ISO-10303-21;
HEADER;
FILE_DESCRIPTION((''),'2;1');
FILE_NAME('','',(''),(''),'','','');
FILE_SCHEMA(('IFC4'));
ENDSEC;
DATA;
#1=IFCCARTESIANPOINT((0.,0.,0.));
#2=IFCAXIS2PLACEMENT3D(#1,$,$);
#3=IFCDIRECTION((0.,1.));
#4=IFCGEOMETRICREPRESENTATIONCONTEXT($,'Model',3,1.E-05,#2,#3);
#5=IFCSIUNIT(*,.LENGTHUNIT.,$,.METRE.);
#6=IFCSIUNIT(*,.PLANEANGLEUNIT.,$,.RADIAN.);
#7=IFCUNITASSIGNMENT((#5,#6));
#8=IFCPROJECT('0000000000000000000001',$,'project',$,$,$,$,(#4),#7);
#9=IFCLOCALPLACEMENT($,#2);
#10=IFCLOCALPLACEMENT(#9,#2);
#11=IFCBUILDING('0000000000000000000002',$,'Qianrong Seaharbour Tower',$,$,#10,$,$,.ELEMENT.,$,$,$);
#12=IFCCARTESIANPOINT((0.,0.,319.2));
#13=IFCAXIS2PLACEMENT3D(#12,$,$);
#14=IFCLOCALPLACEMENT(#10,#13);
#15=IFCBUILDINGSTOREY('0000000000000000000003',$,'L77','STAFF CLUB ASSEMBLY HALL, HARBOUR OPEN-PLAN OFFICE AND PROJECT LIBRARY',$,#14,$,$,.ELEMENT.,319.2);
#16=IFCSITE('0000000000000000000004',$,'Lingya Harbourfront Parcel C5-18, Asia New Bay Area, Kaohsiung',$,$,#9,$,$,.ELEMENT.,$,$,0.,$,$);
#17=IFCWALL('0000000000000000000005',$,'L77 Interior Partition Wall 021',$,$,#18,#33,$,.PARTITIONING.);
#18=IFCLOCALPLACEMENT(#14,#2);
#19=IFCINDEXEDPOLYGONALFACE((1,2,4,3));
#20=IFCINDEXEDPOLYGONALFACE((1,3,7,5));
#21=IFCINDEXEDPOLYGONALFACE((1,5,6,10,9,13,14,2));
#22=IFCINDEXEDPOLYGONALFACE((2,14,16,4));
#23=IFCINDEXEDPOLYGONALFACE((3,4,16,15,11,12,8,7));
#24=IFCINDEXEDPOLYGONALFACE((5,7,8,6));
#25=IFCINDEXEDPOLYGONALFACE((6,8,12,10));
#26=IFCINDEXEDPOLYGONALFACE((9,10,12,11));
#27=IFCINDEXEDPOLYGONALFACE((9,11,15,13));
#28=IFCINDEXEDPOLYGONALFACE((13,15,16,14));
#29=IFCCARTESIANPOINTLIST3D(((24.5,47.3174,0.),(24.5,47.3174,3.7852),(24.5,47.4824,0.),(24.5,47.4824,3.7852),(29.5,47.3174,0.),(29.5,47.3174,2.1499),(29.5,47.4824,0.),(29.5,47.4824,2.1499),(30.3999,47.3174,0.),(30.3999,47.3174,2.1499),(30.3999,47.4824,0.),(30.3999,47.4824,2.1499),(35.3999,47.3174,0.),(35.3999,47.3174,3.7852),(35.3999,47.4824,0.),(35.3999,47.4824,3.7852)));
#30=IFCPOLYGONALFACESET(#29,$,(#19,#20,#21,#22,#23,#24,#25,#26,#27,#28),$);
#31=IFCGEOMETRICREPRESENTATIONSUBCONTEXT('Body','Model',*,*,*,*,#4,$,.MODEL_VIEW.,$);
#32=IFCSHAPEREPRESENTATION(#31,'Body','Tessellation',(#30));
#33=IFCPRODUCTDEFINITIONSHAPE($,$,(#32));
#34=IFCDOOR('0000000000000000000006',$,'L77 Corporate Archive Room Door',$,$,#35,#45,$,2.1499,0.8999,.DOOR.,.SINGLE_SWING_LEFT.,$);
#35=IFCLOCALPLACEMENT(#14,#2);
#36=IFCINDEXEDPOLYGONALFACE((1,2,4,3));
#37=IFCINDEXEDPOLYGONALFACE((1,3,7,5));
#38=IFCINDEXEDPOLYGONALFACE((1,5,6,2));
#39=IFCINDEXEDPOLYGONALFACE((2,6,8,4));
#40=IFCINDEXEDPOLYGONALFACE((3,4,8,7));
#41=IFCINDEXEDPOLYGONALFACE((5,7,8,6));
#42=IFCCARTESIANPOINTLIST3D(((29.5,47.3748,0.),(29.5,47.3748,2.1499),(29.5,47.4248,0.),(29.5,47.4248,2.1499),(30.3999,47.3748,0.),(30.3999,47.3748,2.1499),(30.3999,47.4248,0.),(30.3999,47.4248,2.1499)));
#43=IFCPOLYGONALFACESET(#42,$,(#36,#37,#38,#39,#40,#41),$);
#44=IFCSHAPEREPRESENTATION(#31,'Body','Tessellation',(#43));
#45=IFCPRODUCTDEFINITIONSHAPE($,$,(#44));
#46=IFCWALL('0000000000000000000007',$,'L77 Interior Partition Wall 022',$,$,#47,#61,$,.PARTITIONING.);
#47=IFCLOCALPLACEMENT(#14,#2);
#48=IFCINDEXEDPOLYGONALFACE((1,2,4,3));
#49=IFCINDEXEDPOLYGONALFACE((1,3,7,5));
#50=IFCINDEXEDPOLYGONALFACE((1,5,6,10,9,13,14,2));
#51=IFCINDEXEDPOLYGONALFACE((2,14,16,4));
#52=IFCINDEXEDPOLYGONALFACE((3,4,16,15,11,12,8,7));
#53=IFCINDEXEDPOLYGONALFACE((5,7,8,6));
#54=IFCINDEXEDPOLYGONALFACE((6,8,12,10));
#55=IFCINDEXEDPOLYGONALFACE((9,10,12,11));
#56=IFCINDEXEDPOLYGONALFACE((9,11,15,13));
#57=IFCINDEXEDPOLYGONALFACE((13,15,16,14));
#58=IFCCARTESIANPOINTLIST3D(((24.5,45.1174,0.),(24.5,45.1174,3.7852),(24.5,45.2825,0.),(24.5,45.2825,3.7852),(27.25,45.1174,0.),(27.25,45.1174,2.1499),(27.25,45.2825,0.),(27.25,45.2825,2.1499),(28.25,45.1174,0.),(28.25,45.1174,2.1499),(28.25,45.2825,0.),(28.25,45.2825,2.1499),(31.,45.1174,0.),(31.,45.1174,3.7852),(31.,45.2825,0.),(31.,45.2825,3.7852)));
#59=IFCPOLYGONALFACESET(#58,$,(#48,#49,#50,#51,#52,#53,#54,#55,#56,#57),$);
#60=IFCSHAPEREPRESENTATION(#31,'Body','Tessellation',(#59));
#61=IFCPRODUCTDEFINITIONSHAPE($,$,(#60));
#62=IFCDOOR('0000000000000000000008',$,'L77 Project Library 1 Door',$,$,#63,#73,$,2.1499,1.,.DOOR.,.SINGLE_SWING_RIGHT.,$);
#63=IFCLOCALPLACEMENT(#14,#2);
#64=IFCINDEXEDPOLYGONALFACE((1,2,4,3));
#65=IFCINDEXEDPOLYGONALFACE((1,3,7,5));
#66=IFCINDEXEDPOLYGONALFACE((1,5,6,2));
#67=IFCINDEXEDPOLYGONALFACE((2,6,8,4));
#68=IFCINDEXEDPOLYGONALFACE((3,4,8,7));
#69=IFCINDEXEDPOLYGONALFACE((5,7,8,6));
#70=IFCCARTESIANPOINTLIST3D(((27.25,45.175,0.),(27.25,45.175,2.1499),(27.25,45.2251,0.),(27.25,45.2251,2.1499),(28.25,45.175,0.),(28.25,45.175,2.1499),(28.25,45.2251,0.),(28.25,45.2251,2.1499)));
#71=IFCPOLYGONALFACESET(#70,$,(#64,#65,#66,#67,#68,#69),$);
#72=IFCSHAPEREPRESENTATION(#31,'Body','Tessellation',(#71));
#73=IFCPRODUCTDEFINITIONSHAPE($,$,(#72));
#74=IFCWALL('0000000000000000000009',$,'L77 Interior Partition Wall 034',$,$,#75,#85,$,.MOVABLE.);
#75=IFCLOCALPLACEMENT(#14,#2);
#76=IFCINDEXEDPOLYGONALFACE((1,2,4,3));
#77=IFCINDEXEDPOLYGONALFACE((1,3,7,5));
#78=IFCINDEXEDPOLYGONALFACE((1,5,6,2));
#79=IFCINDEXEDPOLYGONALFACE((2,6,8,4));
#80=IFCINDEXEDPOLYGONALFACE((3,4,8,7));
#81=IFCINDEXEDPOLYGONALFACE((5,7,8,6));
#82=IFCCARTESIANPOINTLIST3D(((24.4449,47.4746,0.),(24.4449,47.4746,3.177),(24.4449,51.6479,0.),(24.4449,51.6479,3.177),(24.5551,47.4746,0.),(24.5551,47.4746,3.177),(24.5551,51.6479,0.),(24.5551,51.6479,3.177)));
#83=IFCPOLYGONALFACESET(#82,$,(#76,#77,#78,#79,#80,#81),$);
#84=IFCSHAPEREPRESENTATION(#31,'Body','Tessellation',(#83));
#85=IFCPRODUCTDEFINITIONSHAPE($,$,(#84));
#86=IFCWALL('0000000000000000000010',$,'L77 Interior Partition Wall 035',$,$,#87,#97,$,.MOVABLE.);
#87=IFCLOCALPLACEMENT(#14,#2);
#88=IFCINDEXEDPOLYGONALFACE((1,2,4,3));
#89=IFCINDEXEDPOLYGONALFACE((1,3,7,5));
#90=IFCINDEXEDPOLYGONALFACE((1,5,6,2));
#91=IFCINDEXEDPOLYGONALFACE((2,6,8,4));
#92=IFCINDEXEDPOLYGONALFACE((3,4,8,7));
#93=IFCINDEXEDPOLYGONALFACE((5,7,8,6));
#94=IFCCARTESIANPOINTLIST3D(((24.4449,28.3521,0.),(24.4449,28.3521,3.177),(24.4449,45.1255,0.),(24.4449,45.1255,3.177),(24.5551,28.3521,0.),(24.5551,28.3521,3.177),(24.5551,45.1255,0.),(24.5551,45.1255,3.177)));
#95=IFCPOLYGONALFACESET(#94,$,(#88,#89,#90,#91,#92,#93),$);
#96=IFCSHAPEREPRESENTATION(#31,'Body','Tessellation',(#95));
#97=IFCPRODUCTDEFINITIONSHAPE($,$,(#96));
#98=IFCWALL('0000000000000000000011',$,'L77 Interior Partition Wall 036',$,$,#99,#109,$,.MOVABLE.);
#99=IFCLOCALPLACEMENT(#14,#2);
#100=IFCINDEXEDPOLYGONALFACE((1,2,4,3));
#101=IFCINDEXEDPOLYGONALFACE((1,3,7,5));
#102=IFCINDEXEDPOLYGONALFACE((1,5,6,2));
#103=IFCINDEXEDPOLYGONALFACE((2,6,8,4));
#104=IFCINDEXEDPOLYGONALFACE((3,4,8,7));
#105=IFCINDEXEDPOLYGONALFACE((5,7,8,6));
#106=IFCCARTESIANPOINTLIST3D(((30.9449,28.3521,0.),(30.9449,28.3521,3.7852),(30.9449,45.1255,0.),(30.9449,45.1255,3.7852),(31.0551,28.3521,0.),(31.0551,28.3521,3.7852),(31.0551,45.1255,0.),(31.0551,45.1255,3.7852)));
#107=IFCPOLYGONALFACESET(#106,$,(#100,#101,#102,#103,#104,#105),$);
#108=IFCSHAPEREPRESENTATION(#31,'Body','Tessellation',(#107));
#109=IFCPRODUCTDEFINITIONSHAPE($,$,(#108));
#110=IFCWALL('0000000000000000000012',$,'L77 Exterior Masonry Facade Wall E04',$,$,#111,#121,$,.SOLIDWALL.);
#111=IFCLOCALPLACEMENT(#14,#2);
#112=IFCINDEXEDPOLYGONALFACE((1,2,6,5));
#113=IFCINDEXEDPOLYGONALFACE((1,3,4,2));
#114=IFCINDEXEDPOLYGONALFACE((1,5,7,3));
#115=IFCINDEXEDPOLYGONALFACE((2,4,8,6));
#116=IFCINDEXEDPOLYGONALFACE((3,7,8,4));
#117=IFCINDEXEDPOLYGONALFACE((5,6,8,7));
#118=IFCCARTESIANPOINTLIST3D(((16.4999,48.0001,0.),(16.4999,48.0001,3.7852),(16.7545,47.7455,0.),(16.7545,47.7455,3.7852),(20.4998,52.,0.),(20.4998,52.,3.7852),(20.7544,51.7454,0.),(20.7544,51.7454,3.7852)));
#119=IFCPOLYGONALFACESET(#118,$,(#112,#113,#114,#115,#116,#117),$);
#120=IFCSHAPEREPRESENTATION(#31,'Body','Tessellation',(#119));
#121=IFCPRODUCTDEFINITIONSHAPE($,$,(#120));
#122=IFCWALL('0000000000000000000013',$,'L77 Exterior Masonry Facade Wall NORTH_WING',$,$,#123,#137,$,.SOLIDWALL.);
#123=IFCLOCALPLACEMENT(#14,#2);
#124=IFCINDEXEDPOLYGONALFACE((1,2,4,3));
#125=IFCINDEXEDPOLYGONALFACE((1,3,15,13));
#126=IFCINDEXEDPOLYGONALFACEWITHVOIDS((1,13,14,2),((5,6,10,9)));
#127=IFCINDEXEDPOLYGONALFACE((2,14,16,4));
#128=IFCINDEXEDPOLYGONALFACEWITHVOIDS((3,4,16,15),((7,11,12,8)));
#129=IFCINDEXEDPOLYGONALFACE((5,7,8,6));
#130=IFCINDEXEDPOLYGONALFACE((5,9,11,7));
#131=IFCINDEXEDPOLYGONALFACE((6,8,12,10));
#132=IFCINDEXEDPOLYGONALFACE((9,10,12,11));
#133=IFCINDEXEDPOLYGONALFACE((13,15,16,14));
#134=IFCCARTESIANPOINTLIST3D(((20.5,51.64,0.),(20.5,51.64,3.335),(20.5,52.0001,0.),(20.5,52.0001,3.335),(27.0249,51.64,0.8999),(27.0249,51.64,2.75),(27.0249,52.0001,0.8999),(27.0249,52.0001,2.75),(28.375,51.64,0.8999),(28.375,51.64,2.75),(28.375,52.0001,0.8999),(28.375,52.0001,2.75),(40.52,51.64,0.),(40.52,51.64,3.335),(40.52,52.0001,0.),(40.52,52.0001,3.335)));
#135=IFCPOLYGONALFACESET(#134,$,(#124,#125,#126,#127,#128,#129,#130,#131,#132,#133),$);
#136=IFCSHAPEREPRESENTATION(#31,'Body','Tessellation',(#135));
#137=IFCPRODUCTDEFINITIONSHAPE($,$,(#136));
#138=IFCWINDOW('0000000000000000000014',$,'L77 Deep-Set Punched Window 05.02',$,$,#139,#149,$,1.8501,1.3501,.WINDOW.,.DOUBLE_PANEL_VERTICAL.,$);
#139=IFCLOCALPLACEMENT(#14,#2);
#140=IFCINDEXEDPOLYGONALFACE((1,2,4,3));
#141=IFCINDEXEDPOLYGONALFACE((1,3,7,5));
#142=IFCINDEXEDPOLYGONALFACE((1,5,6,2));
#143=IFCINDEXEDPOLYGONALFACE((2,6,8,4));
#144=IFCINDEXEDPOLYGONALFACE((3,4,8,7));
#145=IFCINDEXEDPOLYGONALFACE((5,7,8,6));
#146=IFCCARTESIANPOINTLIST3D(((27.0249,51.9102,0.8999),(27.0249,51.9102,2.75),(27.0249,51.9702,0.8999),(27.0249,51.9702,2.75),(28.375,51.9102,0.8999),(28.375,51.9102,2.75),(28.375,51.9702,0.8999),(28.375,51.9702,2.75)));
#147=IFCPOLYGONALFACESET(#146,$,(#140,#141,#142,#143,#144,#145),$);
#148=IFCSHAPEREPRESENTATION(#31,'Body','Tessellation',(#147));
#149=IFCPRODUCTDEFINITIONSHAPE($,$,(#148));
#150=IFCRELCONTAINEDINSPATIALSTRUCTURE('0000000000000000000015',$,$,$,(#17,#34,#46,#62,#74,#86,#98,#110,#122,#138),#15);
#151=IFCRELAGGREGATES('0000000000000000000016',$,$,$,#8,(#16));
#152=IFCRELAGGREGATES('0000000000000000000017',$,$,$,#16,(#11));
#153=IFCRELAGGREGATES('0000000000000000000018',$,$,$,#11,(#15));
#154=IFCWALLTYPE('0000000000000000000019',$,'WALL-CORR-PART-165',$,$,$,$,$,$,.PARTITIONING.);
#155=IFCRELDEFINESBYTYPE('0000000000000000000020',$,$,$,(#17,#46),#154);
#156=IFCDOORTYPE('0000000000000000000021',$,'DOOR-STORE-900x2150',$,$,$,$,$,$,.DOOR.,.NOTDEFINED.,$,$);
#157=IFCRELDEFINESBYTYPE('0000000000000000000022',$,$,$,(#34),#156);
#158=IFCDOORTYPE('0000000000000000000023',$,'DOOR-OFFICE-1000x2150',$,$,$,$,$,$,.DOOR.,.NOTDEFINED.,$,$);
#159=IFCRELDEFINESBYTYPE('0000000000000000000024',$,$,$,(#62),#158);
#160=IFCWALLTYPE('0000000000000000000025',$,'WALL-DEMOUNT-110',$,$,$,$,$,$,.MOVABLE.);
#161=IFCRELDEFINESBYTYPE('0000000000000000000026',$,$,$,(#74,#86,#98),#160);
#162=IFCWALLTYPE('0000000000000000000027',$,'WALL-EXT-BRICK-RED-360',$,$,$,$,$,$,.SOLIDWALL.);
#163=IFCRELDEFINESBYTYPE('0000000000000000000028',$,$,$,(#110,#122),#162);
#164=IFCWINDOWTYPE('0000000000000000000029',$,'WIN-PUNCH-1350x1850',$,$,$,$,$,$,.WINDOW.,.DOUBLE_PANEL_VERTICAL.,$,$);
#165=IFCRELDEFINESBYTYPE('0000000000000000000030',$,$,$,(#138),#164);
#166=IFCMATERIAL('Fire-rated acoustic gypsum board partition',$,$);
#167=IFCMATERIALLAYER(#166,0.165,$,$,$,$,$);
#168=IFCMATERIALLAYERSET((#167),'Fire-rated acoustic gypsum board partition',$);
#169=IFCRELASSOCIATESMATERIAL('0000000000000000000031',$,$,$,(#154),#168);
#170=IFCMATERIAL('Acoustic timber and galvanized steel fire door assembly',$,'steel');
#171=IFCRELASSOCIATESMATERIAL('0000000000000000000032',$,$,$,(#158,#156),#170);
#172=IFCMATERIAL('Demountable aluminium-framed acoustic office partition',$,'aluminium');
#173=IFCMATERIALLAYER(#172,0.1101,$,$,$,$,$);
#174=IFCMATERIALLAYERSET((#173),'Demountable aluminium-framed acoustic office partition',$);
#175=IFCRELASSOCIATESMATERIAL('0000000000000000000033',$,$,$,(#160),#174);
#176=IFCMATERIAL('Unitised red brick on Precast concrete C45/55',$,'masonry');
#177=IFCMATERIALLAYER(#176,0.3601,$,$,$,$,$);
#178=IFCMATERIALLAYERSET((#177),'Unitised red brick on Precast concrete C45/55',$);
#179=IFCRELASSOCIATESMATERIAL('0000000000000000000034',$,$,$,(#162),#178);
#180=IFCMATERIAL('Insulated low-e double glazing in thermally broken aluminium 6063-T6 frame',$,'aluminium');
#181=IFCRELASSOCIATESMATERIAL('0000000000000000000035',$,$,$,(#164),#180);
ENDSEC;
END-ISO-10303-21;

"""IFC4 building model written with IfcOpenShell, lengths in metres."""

from ifc_helpers import new_model, si_unit, direction, frame, frame_2d, origin, place, context, subcontext, project, spatial, rectangle, extrude, material, layer, layer_set, type_object, element, fill, save


model = new_model("IFC4")

# Units and contexts
model_context = context("Model", 3, precision=1e-05, world=origin(), true_north=direction((0.0, 1.0)))
body_context = subcontext(model_context, "Body", "Model", "MODEL_VIEW")
ifc_project = project(units=[si_unit("LENGTHUNIT", "METRE"), si_unit("PLANEANGLEUNIT", "RADIAN")], contexts=[model_context])

# Site, building, storey
site_placement = place(None, origin())
site = spatial("IfcSite", under=ifc_project, at=site_placement, Name="Lingya Harbourfront Parcel C5-18, Asia New Bay Area, Kaohsiung", CompositionType="ELEMENT", RefElevation=0.0)
building_placement = place(site_placement, origin())
building = spatial("IfcBuilding", under=site, at=building_placement, Name="Qianrong Seaharbour Tower", CompositionType="ELEMENT")
storey_placement = place(building_placement, frame((0.0, 0.0, 319.2)))
storey = spatial("IfcBuildingStorey", under=building, at=storey_placement, Name="L77", Description="STAFF CLUB ASSEMBLY HALL, HARBOUR OPEN-PLAN OFFICE AND PROJECT LIBRARY", CompositionType="ELEMENT", Elevation=319.2)

# Shared definitions
ifc_material_1 = material(Name="Fire-rated acoustic gypsum board partition")
ifc_layer_1 = layer(ifc_material_1, 0.165)
ifc_layer_set_1 = layer_set([ifc_layer_1], Name="Fire-rated acoustic gypsum board partition")
wall_type_1 = type_object("IfcWallType", Name="WALL-CORR-PART-165", PredefinedType="PARTITIONING", material=ifc_layer_set_1)
ifc_material_2 = material(Name="Acoustic timber and galvanized steel fire door assembly", Category="steel")
door_type_1 = type_object("IfcDoorType", Name="DOOR-OFFICE-1000x2150", OperationType="NOTDEFINED", PredefinedType="DOOR", material=ifc_material_2)

# Walls, openings, doors
wall_1_placement = place(storey_placement, frame((24.5, 47.3999, 0.0), z_axis=(0.0, 0.0, 1.0), x_axis=(1.0, 0.0, 0.0)))
wall_1 = element("IfcWall", 1, at=wall_1_placement, inside=storey, type_object=wall_type_1, Name="L77 Interior Partition Wall 021", PredefinedType="PARTITIONING", context=body_context, shape_type="SweptSolid", body=[
    extrude(rectangle(XDim=10.8999, YDim=0.165, at=frame_2d((5.45, 0.0))), origin(), (0.0, 0.0, 1.0), 3.7852),
])
opening_1_placement = place(wall_1_placement, frame((5.0, 0.0, 0.0)))
opening_1 = element("IfcOpeningElement", 2, at=opening_1_placement, cuts=wall_1, PredefinedType="OPENING", context=body_context, shape_type="SweptSolid", body=[
    extrude(rectangle(XDim=0.8999, YDim=2.1499, at=frame_2d((0.45, 1.075))), frame((0.0, 0.0925, 0.0), z_axis=(0.0, -1.0, 0.0), x_axis=(1.0, 0.0, 0.0)), (0.0, 0.0, 1.0), 0.1851),
])
door_type_2 = type_object("IfcDoorType", Name="DOOR-STORE-900x2150", OperationType="NOTDEFINED", PredefinedType="DOOR", material=ifc_material_2)
door_1_placement = place(opening_1_placement, origin())
door_1 = element("IfcDoor", 3, at=door_1_placement, inside=storey, type_object=door_type_2, Name="L77 Corporate Archive Room Door", OperationType="SINGLE_SWING_LEFT", OverallHeight=2.1499, OverallWidth=0.8999, PredefinedType="DOOR", context=body_context, shape_type="SweptSolid", body=[
    extrude(rectangle(XDim=0.8999, YDim=2.1499, at=frame_2d((0.45, 1.075))), frame((0.0, 0.0249, 0.0), z_axis=(0.0, -1.0, 0.0), x_axis=(1.0, 0.0, 0.0)), (0.0, 0.0, 1.0), 0.05),
])
fill(opening_1, door_1)
wall_2_placement = place(storey_placement, frame((31.0, 45.2, 0.0), z_axis=(0.0, 0.0, 1.0), x_axis=(-1.0, 0.0, 0.0)))
wall_2 = element("IfcWall", 4, at=wall_2_placement, inside=storey, type_object=wall_type_1, Name="L77 Interior Partition Wall 022", PredefinedType="PARTITIONING", context=body_context, shape_type="SweptSolid", body=[
    extrude(rectangle(XDim=6.5, YDim=0.165, at=frame_2d((3.25, 0.0))), origin(), (0.0, 0.0, 1.0), 3.7852),
])
opening_2_placement = place(wall_2_placement, frame((2.75, 0.0, 0.0)))
opening_2 = element("IfcOpeningElement", 5, at=opening_2_placement, cuts=wall_2, PredefinedType="OPENING", context=body_context, shape_type="SweptSolid", body=[
    extrude(rectangle(XDim=1.0, YDim=2.1499, at=frame_2d((0.5, 1.075))), frame((0.0, 0.0925, 0.0), z_axis=(0.0, -1.0, 0.0), x_axis=(1.0, 0.0, 0.0)), (0.0, 0.0, 1.0), 0.1851),
])
door_2_placement = place(opening_2_placement, origin())
door_2 = element("IfcDoor", 6, at=door_2_placement, inside=storey, type_object=door_type_1, Name="L77 Project Library 1 Door", OperationType="SINGLE_SWING_RIGHT", OverallHeight=2.1499, OverallWidth=1.0, PredefinedType="DOOR", context=body_context, shape_type="SweptSolid", body=[
    extrude(rectangle(XDim=1.0, YDim=2.1499, at=frame_2d((0.5, 1.075))), frame((0.0, 0.0249, 0.0), z_axis=(0.0, -1.0, 0.0), x_axis=(1.0, 0.0, 0.0)), (0.0, 0.0, 1.0), 0.05),
])
fill(opening_2, door_2)

# Walls
ifc_material_3 = material(Name="Demountable aluminium-framed acoustic office partition", Category="aluminium")
ifc_layer_2 = layer(ifc_material_3, 0.1101)
ifc_layer_set_2 = layer_set([ifc_layer_2], Name="Demountable aluminium-framed acoustic office partition")
wall_type_2 = type_object("IfcWallType", Name="WALL-DEMOUNT-110", PredefinedType="MOVABLE", material=ifc_layer_set_2)
wall_3_placement = place(storey_placement, frame((24.5, 51.6479, 0.0), z_axis=(0.0, 0.0, 1.0), x_axis=(0.0, -1.0, 0.0)))
element("IfcWall", 7, at=wall_3_placement, inside=storey, type_object=wall_type_2, Name="L77 Interior Partition Wall 034", PredefinedType="MOVABLE", context=body_context, shape_type="SweptSolid", body=[
    extrude(rectangle(XDim=4.1733, YDim=0.1101, at=frame_2d((2.0867, 0.0))), origin(), (0.0, 0.0, 1.0), 3.177),
])
wall_4_placement = place(storey_placement, frame((24.5, 45.1255, 0.0), z_axis=(0.0, 0.0, 1.0), x_axis=(0.0, -1.0, 0.0)))
element("IfcWall", 8, at=wall_4_placement, inside=storey, type_object=wall_type_2, Name="L77 Interior Partition Wall 035", PredefinedType="MOVABLE", context=body_context, shape_type="SweptSolid", body=[
    extrude(rectangle(XDim=16.7734, YDim=0.1101, at=frame_2d((8.3867, 0.0))), origin(), (0.0, 0.0, 1.0), 3.177),
])
wall_5_placement = place(storey_placement, frame((31.0, 45.1255, 0.0), z_axis=(0.0, 0.0, 1.0), x_axis=(0.0, -1.0, 0.0)))
element("IfcWall", 9, at=wall_5_placement, inside=storey, type_object=wall_type_2, Name="L77 Interior Partition Wall 036", PredefinedType="MOVABLE", context=body_context, shape_type="SweptSolid", body=[
    extrude(rectangle(XDim=16.7734, YDim=0.1101, at=frame_2d((8.3867, 0.0))), origin(), (0.0, 0.0, 1.0), 3.7852),
])
ifc_material_4 = material(Name="Unitised red brick on Precast concrete C45/55", Category="masonry")
ifc_layer_3 = layer(ifc_material_4, 0.3601)
ifc_layer_set_3 = layer_set([ifc_layer_3], Name="Unitised red brick on Precast concrete C45/55")
wall_type_3 = type_object("IfcWallType", Name="WALL-EXT-BRICK-RED-360", PredefinedType="SOLIDWALL", material=ifc_layer_set_3)
wall_6_placement = place(storey_placement, frame((16.6272, 47.8728, 0.0), z_axis=(0.0, 0.0, 1.0), x_axis=(0.707107, 0.707107, 0.0)))
element("IfcWall", 10, at=wall_6_placement, inside=storey, type_object=wall_type_3, Name="L77 Exterior Masonry Facade Wall E04", PredefinedType="SOLIDWALL", context=body_context, shape_type="SweptSolid", body=[
    extrude(rectangle(XDim=5.6567, YDim=0.3601, at=frame_2d((2.8284, 0.0))), origin(), (0.0, 0.0, 1.0), 3.7852),
])

# Wall, opening, window
wall_7_placement = place(storey_placement, frame((20.5, 51.8201, 0.0), z_axis=(0.0, 0.0, 1.0), x_axis=(1.0, 0.0, 0.0)))
wall_7 = element("IfcWall", 11, at=wall_7_placement, inside=storey, type_object=wall_type_3, Name="L77 Exterior Masonry Facade Wall NORTH_WING", PredefinedType="SOLIDWALL", context=body_context, shape_type="SweptSolid", body=[
    extrude(rectangle(XDim=20.02, YDim=0.3601, at=frame_2d((10.01, 0.0))), origin(), (0.0, 0.0, 1.0), 3.335),
])
opening_3_placement = place(wall_7_placement, frame((6.5249, 0.0, 0.8999)))
opening_3 = element("IfcOpeningElement", 12, at=opening_3_placement, cuts=wall_7, PredefinedType="OPENING", context=body_context, shape_type="SweptSolid", body=[
    extrude(rectangle(XDim=1.3501, YDim=1.8501, at=frame_2d((0.675, 0.925))), frame((0.0, 0.1899, 0.0), z_axis=(0.0, -1.0, 0.0), x_axis=(1.0, 0.0, 0.0)), (0.0, 0.0, 1.0), 0.3801),
])
ifc_material_5 = material(Name="Insulated low-e double glazing in thermally broken aluminium 6063-T6 frame", Category="aluminium")
window_type = type_object("IfcWindowType", Name="WIN-PUNCH-1350x1850", PartitioningType="DOUBLE_PANEL_VERTICAL", PredefinedType="WINDOW", material=ifc_material_5)
window_placement = place(opening_3_placement, origin())
window = element("IfcWindow", 13, at=window_placement, inside=storey, type_object=window_type, Name="L77 Deep-Set Punched Window 05.02", OverallHeight=1.8501, OverallWidth=1.3501, PartitioningType="DOUBLE_PANEL_VERTICAL", PredefinedType="WINDOW", context=body_context, shape_type="SweptSolid", body=[
    extrude(rectangle(XDim=1.3501, YDim=1.8501, at=frame_2d((0.675, 0.925))), frame((0.0, 0.1501, 0.0), z_axis=(0.0, -1.0, 0.0), x_axis=(1.0, 0.0, 0.0)), (0.0, 0.0, 1.0), 0.0601),
])
fill(opening_3, window)

save(model, "model.ifc")
